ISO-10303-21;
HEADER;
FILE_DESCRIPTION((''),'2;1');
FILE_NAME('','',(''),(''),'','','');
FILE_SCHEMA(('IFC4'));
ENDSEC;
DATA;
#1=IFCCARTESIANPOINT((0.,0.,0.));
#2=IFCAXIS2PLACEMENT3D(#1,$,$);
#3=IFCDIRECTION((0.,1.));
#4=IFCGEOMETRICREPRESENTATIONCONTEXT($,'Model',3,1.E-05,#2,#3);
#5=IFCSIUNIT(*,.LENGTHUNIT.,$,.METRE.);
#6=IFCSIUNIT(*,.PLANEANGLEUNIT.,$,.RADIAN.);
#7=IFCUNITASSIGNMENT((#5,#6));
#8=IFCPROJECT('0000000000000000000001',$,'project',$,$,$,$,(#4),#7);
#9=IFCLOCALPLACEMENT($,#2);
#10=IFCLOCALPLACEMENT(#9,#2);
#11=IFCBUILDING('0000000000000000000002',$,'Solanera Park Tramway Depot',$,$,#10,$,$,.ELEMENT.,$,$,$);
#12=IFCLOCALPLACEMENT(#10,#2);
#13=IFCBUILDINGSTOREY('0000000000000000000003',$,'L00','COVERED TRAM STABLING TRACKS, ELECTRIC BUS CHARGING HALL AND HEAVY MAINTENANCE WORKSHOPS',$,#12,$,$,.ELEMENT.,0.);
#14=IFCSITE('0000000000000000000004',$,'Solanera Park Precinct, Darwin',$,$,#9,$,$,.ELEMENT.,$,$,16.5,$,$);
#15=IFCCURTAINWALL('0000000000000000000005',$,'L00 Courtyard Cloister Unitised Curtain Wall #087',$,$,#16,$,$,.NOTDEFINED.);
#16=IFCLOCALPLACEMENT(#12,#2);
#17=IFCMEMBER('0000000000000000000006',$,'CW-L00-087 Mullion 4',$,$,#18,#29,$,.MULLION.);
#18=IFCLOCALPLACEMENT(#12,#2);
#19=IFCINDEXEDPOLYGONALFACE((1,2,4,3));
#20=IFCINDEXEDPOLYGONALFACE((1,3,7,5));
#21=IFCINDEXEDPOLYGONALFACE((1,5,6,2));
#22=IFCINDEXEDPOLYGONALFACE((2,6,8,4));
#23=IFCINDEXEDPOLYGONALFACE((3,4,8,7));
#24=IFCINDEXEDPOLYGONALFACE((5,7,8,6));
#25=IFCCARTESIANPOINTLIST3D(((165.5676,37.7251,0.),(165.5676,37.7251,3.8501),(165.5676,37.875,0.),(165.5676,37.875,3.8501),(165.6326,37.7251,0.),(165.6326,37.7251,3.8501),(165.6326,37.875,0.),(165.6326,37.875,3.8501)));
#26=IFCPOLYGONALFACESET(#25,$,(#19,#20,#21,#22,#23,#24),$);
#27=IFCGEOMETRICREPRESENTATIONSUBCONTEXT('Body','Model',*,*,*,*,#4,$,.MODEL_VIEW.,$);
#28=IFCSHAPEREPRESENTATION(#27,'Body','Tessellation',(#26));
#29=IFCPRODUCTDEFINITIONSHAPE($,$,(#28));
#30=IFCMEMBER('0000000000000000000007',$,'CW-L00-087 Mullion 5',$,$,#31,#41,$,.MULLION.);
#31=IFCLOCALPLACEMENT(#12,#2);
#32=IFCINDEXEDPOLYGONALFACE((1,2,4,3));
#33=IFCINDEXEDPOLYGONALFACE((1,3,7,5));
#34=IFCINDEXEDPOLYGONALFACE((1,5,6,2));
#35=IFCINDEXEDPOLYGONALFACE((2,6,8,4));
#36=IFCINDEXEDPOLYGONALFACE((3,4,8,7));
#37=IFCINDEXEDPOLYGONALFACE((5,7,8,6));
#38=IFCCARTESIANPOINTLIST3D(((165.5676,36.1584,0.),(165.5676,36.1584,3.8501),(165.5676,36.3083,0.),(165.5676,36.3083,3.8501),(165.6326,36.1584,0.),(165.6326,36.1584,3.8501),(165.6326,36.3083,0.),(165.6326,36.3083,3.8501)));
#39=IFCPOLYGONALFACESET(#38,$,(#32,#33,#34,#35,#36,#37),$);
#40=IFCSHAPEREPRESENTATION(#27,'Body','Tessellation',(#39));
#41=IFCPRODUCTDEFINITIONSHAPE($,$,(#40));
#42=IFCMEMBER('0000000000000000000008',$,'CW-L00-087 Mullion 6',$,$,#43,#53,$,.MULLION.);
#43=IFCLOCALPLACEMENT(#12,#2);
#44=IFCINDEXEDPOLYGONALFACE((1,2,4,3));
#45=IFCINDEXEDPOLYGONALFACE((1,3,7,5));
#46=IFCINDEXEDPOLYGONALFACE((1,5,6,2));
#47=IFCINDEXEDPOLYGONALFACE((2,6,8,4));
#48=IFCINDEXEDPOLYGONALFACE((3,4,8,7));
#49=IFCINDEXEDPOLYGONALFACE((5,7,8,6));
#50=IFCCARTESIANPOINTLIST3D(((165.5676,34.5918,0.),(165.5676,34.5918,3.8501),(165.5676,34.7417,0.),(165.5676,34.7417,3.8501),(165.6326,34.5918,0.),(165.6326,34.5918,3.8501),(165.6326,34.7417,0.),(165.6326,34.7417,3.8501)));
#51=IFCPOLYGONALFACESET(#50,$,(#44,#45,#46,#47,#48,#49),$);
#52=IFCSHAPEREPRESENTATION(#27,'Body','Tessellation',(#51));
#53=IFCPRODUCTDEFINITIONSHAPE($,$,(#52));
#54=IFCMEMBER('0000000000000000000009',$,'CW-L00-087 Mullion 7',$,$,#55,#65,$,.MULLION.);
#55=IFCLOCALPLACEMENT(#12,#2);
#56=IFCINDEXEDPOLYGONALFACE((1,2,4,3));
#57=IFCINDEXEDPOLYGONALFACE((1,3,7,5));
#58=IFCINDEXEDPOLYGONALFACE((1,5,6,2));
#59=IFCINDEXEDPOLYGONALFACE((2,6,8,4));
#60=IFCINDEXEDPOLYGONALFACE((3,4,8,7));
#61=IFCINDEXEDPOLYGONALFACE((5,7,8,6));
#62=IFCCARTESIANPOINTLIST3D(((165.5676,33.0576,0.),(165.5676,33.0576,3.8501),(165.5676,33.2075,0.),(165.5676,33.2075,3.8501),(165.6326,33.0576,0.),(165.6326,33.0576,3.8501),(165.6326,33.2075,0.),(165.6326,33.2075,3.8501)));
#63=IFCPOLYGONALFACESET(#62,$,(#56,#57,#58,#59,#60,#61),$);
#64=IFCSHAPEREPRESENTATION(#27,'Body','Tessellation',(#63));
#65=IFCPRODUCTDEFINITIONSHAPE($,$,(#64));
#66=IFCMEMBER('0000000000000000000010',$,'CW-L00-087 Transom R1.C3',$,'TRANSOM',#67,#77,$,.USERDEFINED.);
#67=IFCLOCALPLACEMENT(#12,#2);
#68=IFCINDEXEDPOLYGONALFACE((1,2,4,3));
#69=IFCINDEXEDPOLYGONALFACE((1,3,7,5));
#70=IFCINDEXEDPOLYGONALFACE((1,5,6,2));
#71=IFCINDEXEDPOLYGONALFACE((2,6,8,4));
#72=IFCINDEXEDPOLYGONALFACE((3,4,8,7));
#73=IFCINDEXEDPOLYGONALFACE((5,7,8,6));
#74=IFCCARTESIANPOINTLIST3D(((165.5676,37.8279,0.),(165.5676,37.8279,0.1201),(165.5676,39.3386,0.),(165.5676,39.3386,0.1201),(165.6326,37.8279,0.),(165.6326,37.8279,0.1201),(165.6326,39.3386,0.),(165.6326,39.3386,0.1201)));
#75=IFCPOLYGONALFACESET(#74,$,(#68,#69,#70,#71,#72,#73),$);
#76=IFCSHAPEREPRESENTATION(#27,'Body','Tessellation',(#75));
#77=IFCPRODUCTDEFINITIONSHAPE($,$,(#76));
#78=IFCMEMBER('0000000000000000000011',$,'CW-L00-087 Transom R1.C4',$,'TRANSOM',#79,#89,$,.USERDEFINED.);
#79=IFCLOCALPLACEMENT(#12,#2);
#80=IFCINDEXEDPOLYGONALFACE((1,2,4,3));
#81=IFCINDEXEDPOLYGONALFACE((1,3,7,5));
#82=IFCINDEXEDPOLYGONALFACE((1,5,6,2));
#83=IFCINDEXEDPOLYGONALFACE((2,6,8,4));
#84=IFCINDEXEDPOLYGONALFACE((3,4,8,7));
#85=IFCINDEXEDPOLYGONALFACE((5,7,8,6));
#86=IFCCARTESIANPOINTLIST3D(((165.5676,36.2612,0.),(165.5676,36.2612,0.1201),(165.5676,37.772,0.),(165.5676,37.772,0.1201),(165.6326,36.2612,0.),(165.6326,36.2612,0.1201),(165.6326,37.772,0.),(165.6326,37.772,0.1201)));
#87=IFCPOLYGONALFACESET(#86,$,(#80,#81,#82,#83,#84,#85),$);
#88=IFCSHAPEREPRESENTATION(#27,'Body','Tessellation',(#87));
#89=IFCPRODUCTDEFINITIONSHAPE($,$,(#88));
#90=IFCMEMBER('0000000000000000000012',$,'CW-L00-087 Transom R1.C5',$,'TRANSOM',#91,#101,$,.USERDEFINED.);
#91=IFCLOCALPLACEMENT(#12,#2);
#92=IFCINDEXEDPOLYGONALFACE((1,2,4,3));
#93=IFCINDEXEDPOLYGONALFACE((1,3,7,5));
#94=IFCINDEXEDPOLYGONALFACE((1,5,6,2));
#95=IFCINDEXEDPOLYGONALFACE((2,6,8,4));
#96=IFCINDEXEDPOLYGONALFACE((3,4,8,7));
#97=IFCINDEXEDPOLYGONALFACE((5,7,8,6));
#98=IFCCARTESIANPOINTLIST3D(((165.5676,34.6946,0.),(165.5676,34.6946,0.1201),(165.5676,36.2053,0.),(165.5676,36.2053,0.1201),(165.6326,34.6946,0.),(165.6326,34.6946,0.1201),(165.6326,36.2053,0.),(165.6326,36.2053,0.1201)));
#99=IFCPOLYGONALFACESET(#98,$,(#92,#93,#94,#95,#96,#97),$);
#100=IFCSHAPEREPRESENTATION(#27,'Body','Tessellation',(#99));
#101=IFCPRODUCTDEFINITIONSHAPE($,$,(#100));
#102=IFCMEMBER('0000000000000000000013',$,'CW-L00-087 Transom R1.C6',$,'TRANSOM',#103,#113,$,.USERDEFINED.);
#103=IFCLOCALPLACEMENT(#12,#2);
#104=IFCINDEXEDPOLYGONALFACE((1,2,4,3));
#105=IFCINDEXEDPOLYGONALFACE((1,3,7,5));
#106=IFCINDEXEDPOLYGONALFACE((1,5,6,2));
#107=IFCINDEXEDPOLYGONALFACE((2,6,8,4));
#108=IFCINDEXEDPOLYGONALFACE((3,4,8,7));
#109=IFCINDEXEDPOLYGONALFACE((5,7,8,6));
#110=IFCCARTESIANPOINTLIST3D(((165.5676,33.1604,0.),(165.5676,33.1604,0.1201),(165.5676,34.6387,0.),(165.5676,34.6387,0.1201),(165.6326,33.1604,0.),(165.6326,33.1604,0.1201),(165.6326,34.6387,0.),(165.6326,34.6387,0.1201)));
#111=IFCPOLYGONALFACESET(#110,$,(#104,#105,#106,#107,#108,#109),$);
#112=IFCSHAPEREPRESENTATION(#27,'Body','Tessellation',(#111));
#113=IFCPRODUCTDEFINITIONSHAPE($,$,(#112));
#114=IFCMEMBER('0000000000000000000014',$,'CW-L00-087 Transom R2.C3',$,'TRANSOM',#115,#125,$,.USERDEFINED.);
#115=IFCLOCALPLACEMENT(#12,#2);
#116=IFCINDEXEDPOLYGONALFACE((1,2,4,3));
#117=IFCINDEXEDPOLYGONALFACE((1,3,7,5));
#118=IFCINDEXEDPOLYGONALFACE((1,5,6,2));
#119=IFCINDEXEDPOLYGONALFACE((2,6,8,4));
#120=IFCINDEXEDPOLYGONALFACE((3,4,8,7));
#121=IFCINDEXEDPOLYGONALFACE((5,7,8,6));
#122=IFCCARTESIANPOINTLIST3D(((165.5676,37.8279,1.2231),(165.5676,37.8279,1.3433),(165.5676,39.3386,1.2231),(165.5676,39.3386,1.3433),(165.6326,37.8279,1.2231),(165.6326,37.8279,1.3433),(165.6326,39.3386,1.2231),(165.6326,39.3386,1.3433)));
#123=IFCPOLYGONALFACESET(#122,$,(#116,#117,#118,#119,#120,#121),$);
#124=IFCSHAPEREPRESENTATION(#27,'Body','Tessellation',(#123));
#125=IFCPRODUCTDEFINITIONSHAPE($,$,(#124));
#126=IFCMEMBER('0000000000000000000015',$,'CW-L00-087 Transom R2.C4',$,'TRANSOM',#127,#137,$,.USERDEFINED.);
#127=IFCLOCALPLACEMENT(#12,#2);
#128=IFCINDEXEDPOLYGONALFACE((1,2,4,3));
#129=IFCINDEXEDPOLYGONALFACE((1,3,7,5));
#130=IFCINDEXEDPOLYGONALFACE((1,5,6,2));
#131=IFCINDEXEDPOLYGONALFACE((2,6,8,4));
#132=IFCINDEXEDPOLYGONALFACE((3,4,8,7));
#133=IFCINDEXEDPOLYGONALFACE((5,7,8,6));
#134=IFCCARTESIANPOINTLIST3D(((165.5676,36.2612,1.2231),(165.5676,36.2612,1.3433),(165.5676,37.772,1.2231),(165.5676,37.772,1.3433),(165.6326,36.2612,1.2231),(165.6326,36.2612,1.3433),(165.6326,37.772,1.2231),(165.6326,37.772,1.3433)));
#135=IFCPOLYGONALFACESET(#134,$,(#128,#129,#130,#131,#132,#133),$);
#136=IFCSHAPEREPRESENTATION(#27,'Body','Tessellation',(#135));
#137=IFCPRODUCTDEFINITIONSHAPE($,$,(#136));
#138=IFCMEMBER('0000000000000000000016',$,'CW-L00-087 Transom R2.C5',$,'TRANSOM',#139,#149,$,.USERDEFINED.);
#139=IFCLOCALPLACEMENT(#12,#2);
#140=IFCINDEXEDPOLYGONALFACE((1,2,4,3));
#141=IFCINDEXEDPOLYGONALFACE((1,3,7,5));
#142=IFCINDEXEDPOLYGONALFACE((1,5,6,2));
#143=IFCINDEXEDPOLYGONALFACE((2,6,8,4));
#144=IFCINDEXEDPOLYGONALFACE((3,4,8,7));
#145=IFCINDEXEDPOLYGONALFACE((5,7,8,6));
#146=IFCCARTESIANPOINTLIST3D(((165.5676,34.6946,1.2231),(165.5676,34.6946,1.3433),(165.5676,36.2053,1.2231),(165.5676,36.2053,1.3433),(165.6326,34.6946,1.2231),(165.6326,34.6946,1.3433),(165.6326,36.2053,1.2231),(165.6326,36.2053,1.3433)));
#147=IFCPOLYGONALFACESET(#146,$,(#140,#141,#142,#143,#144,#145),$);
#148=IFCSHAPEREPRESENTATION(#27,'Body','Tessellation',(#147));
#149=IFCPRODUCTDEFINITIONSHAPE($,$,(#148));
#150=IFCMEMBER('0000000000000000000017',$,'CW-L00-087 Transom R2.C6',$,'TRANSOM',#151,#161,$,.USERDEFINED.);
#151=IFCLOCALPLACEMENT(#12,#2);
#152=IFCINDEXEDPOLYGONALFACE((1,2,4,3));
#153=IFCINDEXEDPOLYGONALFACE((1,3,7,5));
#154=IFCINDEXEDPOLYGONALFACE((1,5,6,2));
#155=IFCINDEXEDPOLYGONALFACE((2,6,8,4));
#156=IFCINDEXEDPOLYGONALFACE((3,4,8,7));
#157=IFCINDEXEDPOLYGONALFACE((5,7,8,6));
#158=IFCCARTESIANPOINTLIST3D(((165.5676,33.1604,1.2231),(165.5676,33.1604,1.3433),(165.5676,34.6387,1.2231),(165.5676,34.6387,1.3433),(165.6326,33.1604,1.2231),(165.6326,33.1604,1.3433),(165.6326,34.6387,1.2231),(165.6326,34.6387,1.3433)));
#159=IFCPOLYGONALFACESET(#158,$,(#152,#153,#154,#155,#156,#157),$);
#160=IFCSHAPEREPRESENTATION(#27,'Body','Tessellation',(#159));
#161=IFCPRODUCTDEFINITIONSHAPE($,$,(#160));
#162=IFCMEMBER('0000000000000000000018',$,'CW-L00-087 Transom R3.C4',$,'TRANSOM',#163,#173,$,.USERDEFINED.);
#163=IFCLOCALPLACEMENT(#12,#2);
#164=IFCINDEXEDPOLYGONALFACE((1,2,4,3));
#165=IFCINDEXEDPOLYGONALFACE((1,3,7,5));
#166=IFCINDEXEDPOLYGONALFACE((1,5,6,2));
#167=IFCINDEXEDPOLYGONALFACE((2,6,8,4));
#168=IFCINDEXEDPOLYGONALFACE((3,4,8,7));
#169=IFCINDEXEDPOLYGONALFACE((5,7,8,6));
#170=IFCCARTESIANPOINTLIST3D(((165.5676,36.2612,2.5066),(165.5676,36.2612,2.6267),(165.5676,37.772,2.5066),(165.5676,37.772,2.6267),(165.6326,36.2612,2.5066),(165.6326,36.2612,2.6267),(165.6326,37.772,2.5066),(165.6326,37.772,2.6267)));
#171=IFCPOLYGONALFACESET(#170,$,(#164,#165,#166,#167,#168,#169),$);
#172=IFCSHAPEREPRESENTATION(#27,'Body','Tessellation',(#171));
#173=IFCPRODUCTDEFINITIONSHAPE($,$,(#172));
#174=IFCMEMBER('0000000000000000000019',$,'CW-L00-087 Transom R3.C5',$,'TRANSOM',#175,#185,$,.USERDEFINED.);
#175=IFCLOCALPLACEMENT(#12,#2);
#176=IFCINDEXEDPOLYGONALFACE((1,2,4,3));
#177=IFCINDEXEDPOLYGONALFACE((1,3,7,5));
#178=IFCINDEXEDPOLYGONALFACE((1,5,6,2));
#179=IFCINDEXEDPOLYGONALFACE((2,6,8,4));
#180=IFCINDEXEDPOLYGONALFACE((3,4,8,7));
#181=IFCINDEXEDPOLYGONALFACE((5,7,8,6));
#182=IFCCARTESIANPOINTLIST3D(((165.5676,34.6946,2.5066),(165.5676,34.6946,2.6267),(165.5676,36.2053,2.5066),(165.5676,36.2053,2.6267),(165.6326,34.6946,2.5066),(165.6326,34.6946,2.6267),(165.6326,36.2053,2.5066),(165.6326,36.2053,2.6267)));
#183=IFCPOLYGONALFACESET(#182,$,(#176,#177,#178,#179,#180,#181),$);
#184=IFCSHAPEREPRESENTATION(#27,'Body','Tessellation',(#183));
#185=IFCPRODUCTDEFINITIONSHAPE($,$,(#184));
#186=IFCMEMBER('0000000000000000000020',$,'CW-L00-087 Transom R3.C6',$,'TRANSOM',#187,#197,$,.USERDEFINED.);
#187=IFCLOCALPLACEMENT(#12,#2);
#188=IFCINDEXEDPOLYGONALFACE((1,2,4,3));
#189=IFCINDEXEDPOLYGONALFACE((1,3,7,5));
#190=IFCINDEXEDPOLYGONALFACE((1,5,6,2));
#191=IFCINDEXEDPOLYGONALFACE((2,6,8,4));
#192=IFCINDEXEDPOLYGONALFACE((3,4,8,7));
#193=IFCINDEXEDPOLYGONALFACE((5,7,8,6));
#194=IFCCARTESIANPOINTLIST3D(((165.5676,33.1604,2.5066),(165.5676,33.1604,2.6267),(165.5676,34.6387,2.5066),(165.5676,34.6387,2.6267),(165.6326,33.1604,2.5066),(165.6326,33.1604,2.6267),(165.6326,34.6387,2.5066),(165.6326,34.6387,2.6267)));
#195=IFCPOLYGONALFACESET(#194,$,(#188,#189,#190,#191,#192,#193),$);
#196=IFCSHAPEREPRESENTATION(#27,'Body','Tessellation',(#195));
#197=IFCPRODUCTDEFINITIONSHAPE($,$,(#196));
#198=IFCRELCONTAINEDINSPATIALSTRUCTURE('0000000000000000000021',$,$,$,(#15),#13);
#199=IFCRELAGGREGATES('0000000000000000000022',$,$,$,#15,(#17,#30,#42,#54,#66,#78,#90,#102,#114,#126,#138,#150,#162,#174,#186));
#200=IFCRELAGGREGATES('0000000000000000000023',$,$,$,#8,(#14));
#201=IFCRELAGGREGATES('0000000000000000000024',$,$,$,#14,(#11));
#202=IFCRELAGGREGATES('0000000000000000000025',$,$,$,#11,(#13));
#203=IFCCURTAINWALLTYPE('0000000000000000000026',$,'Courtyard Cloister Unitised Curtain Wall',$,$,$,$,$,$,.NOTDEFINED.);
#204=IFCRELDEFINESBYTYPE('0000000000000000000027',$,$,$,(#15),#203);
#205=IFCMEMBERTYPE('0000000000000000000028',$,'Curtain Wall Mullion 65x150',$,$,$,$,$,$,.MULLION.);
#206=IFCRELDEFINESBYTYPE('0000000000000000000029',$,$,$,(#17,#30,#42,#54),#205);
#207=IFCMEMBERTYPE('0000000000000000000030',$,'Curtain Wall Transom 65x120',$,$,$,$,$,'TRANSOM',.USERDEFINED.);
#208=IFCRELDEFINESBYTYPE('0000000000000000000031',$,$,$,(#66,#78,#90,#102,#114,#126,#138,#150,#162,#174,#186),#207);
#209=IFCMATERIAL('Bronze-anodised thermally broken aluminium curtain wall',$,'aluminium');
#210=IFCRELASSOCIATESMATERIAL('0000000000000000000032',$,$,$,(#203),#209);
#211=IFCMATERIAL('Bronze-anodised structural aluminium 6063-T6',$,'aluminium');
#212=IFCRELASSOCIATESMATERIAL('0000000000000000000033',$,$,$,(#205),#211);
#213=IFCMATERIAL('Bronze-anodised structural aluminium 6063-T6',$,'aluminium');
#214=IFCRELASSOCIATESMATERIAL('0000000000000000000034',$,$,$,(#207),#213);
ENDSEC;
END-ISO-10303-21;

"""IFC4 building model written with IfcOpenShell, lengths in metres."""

from ifc_helpers import new_model, si_unit, direction, frame, origin, origin_2d, place, context, subcontext, project, spatial, rectangle, extrude, material, material_profile, profile_set, type_object, element, aggregate, save


model = new_model("IFC4")

# Units and contexts
model_context = context("Model", 3, precision=1e-05, world=origin(), true_north=direction((0.0, 1.0)))
body_context = subcontext(model_context, "Body", "Model", "MODEL_VIEW")
ifc_project = project(units=[si_unit("LENGTHUNIT", "METRE"), si_unit("PLANEANGLEUNIT", "RADIAN")], contexts=[model_context])

# Site, building, storey
site_placement = place(None, origin())
site = spatial("IfcSite", under=ifc_project, at=site_placement, Name="Solanera Park Precinct, Darwin", CompositionType="ELEMENT", RefElevation=16.5)
building_placement = place(site_placement, origin())
building = spatial("IfcBuilding", under=site, at=building_placement, Name="Solanera Park Tramway Depot", CompositionType="ELEMENT")
storey_placement = place(building_placement, origin())
storey = spatial("IfcBuildingStorey", under=building, at=storey_placement, Name="L00", Description="COVERED TRAM STABLING TRACKS, ELECTRIC BUS CHARGING HALL AND HEAVY MAINTENANCE WORKSHOPS", CompositionType="ELEMENT", Elevation=0.0)

# Curtain wall, members
ifc_material_1 = material(Name="Bronze-anodised thermally broken aluminium curtain wall", Category="aluminium")
curtain_wall_type = type_object("IfcCurtainWallType", Name="Courtyard Cloister Unitised Curtain Wall", PredefinedType="NOTDEFINED", material=ifc_material_1)
curtain_wall_placement = place(storey_placement, origin())
curtain_wall = element("IfcCurtainWall", 1, at=curtain_wall_placement, inside=storey, type_object=curtain_wall_type, Name="L00 Courtyard Cloister Unitised Curtain Wall #087", PredefinedType="NOTDEFINED")
ifc_material_2 = material(Name="Bronze-anodised structural aluminium 6063-T6", Category="aluminium")
ifc_material_profile_1 = material_profile(ifc_material_2, rectangle(XDim=0.0649, YDim=0.1499, at=origin_2d()), Name="Curtain Wall Mullion 65x150")
ifc_profile_set_1 = profile_set([ifc_material_profile_1], Name="Bronze-anodised structural aluminium 6063-T6")
member_type_1 = type_object("IfcMemberType", Name="Curtain Wall Mullion 65x150", PredefinedType="MULLION", material=ifc_profile_set_1)
member_1_placement = place(storey_placement, frame((165.6001, 37.8, 0.0), z_axis=(0.0, 0.0, 1.0), x_axis=(1.0, 0.0, 0.0)))
member_1 = element("IfcMember", 2, at=member_1_placement, type_object=member_type_1, Name="CW-L00-087 Mullion 4", PredefinedType="MULLION", context=body_context, shape_type="SweptSolid", body=[
    extrude(rectangle(XDim=0.0649, YDim=0.1499, at=origin_2d()), origin(), (0.0, 0.0, 1.0), 3.8501),
])
member_2_placement = place(storey_placement, frame((165.6001, 36.2334, 0.0), z_axis=(0.0, 0.0, 1.0), x_axis=(1.0, 0.0, 0.0)))
member_2 = element("IfcMember", 3, at=member_2_placement, type_object=member_type_1, Name="CW-L00-087 Mullion 5", PredefinedType="MULLION", context=body_context, shape_type="SweptSolid", body=[
    extrude(rectangle(XDim=0.0649, YDim=0.1499, at=origin_2d()), origin(), (0.0, 0.0, 1.0), 3.8501),
])
member_3_placement = place(storey_placement, frame((165.6001, 34.6667, 0.0), z_axis=(0.0, 0.0, 1.0), x_axis=(1.0, 0.0, 0.0)))
member_3 = element("IfcMember", 4, at=member_3_placement, type_object=member_type_1, Name="CW-L00-087 Mullion 6", PredefinedType="MULLION", context=body_context, shape_type="SweptSolid", body=[
    extrude(rectangle(XDim=0.0649, YDim=0.1499, at=origin_2d()), origin(), (0.0, 0.0, 1.0), 3.8501),
])
member_4_placement = place(storey_placement, frame((165.6001, 33.1326, 0.0), z_axis=(0.0, 0.0, 1.0), x_axis=(1.0, 0.0, 0.0)))
member_4 = element("IfcMember", 5, at=member_4_placement, type_object=member_type_1, Name="CW-L00-087 Mullion 7", PredefinedType="MULLION", context=body_context, shape_type="SweptSolid", body=[
    extrude(rectangle(XDim=0.0649, YDim=0.1499, at=origin_2d()), origin(), (0.0, 0.0, 1.0), 3.8501),
])
ifc_material_3 = material(Name="Bronze-anodised structural aluminium 6063-T6", Category="aluminium")
ifc_material_profile_2 = material_profile(ifc_material_3, rectangle(XDim=0.0649, YDim=0.1201, at=origin_2d()), Name="Curtain Wall Transom 65x120")
ifc_profile_set_2 = profile_set([ifc_material_profile_2], Name="Bronze-anodised structural aluminium 6063-T6")
member_type_2 = type_object("IfcMemberType", Name="Curtain Wall Transom 65x120", ElementType="TRANSOM", PredefinedType="USERDEFINED", material=ifc_profile_set_2)
member_5_placement = place(storey_placement, frame((165.6001, 39.3386, 0.0601), z_axis=(0.0, -1.0, 0.0), x_axis=(1.0, 0.0, 0.0)))
member_5 = element("IfcMember", 6, at=member_5_placement, type_object=member_type_2, Name="CW-L00-087 Transom R1.C3", ObjectType="TRANSOM", PredefinedType="USERDEFINED", context=body_context, shape_type="SweptSolid", body=[
    extrude(rectangle(XDim=0.0649, YDim=0.1201, at=origin_2d()), origin(), (0.0, 0.0, 1.0), 1.5107),
])
member_6_placement = place(storey_placement, frame((165.6001, 37.772, 0.0601), z_axis=(0.0, -1.0, 0.0), x_axis=(1.0, 0.0, 0.0)))
member_6 = element("IfcMember", 7, at=member_6_placement, type_object=member_type_2, Name="CW-L00-087 Transom R1.C4", ObjectType="TRANSOM", PredefinedType="USERDEFINED", context=body_context, shape_type="SweptSolid", body=[
    extrude(rectangle(XDim=0.0649, YDim=0.1201, at=origin_2d()), origin(), (0.0, 0.0, 1.0), 1.5107),
])
member_7_placement = place(storey_placement, frame((165.6001, 36.2053, 0.0601), z_axis=(0.0, -1.0, 0.0), x_axis=(1.0, 0.0, 0.0)))
member_7 = element("IfcMember", 8, at=member_7_placement, type_object=member_type_2, Name="CW-L00-087 Transom R1.C5", ObjectType="TRANSOM", PredefinedType="USERDEFINED", context=body_context, shape_type="SweptSolid", body=[
    extrude(rectangle(XDim=0.0649, YDim=0.1201, at=origin_2d()), origin(), (0.0, 0.0, 1.0), 1.5107),
])
member_8_placement = place(storey_placement, frame((165.6001, 34.6387, 0.0601), z_axis=(0.0, -1.0, 0.0), x_axis=(1.0, 0.0, 0.0)))
member_8 = element("IfcMember", 9, at=member_8_placement, type_object=member_type_2, Name="CW-L00-087 Transom R1.C6", ObjectType="TRANSOM", PredefinedType="USERDEFINED", context=body_context, shape_type="SweptSolid", body=[
    extrude(rectangle(XDim=0.0649, YDim=0.1201, at=origin_2d()), origin(), (0.0, 0.0, 1.0), 1.4783),
])
member_9_placement = place(storey_placement, frame((165.6001, 39.3386, 1.2832), z_axis=(0.0, -1.0, 0.0), x_axis=(1.0, 0.0, 0.0)))
member_9 = element("IfcMember", 10, at=member_9_placement, type_object=member_type_2, Name="CW-L00-087 Transom R2.C3", ObjectType="TRANSOM", PredefinedType="USERDEFINED", context=body_context, shape_type="SweptSolid", body=[
    extrude(rectangle(XDim=0.0649, YDim=0.1201, at=origin_2d()), origin(), (0.0, 0.0, 1.0), 1.5107),
])
member_10_placement = place(storey_placement, frame((165.6001, 37.772, 1.2832), z_axis=(0.0, -1.0, 0.0), x_axis=(1.0, 0.0, 0.0)))
member_10 = element("IfcMember", 11, at=member_10_placement, type_object=member_type_2, Name="CW-L00-087 Transom R2.C4", ObjectType="TRANSOM", PredefinedType="USERDEFINED", context=body_context, shape_type="SweptSolid", body=[
    extrude(rectangle(XDim=0.0649, YDim=0.1201, at=origin_2d()), origin(), (0.0, 0.0, 1.0), 1.5107),
])
member_11_placement = place(storey_placement, frame((165.6001, 36.2053, 1.2832), z_axis=(0.0, -1.0, 0.0), x_axis=(1.0, 0.0, 0.0)))
member_11 = element("IfcMember", 12, at=member_11_placement, type_object=member_type_2, Name="CW-L00-087 Transom R2.C5", ObjectType="TRANSOM", PredefinedType="USERDEFINED", context=body_context, shape_type="SweptSolid", body=[
    extrude(rectangle(XDim=0.0649, YDim=0.1201, at=origin_2d()), origin(), (0.0, 0.0, 1.0), 1.5107),
])
member_12_placement = place(storey_placement, frame((165.6001, 34.6387, 1.2832), z_axis=(0.0, -1.0, 0.0), x_axis=(1.0, 0.0, 0.0)))
member_12 = element("IfcMember", 13, at=member_12_placement, type_object=member_type_2, Name="CW-L00-087 Transom R2.C6", ObjectType="TRANSOM", PredefinedType="USERDEFINED", context=body_context, shape_type="SweptSolid", body=[
    extrude(rectangle(XDim=0.0649, YDim=0.1201, at=origin_2d()), origin(), (0.0, 0.0, 1.0), 1.4783),
])
member_13_placement = place(storey_placement, frame((165.6001, 37.772, 2.5667), z_axis=(0.0, -1.0, 0.0), x_axis=(1.0, 0.0, 0.0)))
member_13 = element("IfcMember", 14, at=member_13_placement, type_object=member_type_2, Name="CW-L00-087 Transom R3.C4", ObjectType="TRANSOM", PredefinedType="USERDEFINED", context=body_context, shape_type="SweptSolid", body=[
    extrude(rectangle(XDim=0.0649, YDim=0.1201, at=origin_2d()), origin(), (0.0, 0.0, 1.0), 1.5107),
])
member_14_placement = place(storey_placement, frame((165.6001, 36.2053, 2.5667), z_axis=(0.0, -1.0, 0.0), x_axis=(1.0, 0.0, 0.0)))
member_14 = element("IfcMember", 15, at=member_14_placement, type_object=member_type_2, Name="CW-L00-087 Transom R3.C5", ObjectType="TRANSOM", PredefinedType="USERDEFINED", context=body_context, shape_type="SweptSolid", body=[
    extrude(rectangle(XDim=0.0649, YDim=0.1201, at=origin_2d()), origin(), (0.0, 0.0, 1.0), 1.5107),
])
member_15_placement = place(storey_placement, frame((165.6001, 34.6387, 2.5667), z_axis=(0.0, -1.0, 0.0), x_axis=(1.0, 0.0, 0.0)))
member_15 = element("IfcMember", 16, at=member_15_placement, type_object=member_type_2, Name="CW-L00-087 Transom R3.C6", ObjectType="TRANSOM", PredefinedType="USERDEFINED", context=body_context, shape_type="SweptSolid", body=[
    extrude(rectangle(XDim=0.0649, YDim=0.1201, at=origin_2d()), origin(), (0.0, 0.0, 1.0), 1.4783),
])
aggregate(curtain_wall, [member_1, member_2, member_3, member_4, member_5, member_6, member_7, member_8, member_9, member_10, member_11, member_12, member_13, member_14, member_15])

save(model, "model.ifc")
